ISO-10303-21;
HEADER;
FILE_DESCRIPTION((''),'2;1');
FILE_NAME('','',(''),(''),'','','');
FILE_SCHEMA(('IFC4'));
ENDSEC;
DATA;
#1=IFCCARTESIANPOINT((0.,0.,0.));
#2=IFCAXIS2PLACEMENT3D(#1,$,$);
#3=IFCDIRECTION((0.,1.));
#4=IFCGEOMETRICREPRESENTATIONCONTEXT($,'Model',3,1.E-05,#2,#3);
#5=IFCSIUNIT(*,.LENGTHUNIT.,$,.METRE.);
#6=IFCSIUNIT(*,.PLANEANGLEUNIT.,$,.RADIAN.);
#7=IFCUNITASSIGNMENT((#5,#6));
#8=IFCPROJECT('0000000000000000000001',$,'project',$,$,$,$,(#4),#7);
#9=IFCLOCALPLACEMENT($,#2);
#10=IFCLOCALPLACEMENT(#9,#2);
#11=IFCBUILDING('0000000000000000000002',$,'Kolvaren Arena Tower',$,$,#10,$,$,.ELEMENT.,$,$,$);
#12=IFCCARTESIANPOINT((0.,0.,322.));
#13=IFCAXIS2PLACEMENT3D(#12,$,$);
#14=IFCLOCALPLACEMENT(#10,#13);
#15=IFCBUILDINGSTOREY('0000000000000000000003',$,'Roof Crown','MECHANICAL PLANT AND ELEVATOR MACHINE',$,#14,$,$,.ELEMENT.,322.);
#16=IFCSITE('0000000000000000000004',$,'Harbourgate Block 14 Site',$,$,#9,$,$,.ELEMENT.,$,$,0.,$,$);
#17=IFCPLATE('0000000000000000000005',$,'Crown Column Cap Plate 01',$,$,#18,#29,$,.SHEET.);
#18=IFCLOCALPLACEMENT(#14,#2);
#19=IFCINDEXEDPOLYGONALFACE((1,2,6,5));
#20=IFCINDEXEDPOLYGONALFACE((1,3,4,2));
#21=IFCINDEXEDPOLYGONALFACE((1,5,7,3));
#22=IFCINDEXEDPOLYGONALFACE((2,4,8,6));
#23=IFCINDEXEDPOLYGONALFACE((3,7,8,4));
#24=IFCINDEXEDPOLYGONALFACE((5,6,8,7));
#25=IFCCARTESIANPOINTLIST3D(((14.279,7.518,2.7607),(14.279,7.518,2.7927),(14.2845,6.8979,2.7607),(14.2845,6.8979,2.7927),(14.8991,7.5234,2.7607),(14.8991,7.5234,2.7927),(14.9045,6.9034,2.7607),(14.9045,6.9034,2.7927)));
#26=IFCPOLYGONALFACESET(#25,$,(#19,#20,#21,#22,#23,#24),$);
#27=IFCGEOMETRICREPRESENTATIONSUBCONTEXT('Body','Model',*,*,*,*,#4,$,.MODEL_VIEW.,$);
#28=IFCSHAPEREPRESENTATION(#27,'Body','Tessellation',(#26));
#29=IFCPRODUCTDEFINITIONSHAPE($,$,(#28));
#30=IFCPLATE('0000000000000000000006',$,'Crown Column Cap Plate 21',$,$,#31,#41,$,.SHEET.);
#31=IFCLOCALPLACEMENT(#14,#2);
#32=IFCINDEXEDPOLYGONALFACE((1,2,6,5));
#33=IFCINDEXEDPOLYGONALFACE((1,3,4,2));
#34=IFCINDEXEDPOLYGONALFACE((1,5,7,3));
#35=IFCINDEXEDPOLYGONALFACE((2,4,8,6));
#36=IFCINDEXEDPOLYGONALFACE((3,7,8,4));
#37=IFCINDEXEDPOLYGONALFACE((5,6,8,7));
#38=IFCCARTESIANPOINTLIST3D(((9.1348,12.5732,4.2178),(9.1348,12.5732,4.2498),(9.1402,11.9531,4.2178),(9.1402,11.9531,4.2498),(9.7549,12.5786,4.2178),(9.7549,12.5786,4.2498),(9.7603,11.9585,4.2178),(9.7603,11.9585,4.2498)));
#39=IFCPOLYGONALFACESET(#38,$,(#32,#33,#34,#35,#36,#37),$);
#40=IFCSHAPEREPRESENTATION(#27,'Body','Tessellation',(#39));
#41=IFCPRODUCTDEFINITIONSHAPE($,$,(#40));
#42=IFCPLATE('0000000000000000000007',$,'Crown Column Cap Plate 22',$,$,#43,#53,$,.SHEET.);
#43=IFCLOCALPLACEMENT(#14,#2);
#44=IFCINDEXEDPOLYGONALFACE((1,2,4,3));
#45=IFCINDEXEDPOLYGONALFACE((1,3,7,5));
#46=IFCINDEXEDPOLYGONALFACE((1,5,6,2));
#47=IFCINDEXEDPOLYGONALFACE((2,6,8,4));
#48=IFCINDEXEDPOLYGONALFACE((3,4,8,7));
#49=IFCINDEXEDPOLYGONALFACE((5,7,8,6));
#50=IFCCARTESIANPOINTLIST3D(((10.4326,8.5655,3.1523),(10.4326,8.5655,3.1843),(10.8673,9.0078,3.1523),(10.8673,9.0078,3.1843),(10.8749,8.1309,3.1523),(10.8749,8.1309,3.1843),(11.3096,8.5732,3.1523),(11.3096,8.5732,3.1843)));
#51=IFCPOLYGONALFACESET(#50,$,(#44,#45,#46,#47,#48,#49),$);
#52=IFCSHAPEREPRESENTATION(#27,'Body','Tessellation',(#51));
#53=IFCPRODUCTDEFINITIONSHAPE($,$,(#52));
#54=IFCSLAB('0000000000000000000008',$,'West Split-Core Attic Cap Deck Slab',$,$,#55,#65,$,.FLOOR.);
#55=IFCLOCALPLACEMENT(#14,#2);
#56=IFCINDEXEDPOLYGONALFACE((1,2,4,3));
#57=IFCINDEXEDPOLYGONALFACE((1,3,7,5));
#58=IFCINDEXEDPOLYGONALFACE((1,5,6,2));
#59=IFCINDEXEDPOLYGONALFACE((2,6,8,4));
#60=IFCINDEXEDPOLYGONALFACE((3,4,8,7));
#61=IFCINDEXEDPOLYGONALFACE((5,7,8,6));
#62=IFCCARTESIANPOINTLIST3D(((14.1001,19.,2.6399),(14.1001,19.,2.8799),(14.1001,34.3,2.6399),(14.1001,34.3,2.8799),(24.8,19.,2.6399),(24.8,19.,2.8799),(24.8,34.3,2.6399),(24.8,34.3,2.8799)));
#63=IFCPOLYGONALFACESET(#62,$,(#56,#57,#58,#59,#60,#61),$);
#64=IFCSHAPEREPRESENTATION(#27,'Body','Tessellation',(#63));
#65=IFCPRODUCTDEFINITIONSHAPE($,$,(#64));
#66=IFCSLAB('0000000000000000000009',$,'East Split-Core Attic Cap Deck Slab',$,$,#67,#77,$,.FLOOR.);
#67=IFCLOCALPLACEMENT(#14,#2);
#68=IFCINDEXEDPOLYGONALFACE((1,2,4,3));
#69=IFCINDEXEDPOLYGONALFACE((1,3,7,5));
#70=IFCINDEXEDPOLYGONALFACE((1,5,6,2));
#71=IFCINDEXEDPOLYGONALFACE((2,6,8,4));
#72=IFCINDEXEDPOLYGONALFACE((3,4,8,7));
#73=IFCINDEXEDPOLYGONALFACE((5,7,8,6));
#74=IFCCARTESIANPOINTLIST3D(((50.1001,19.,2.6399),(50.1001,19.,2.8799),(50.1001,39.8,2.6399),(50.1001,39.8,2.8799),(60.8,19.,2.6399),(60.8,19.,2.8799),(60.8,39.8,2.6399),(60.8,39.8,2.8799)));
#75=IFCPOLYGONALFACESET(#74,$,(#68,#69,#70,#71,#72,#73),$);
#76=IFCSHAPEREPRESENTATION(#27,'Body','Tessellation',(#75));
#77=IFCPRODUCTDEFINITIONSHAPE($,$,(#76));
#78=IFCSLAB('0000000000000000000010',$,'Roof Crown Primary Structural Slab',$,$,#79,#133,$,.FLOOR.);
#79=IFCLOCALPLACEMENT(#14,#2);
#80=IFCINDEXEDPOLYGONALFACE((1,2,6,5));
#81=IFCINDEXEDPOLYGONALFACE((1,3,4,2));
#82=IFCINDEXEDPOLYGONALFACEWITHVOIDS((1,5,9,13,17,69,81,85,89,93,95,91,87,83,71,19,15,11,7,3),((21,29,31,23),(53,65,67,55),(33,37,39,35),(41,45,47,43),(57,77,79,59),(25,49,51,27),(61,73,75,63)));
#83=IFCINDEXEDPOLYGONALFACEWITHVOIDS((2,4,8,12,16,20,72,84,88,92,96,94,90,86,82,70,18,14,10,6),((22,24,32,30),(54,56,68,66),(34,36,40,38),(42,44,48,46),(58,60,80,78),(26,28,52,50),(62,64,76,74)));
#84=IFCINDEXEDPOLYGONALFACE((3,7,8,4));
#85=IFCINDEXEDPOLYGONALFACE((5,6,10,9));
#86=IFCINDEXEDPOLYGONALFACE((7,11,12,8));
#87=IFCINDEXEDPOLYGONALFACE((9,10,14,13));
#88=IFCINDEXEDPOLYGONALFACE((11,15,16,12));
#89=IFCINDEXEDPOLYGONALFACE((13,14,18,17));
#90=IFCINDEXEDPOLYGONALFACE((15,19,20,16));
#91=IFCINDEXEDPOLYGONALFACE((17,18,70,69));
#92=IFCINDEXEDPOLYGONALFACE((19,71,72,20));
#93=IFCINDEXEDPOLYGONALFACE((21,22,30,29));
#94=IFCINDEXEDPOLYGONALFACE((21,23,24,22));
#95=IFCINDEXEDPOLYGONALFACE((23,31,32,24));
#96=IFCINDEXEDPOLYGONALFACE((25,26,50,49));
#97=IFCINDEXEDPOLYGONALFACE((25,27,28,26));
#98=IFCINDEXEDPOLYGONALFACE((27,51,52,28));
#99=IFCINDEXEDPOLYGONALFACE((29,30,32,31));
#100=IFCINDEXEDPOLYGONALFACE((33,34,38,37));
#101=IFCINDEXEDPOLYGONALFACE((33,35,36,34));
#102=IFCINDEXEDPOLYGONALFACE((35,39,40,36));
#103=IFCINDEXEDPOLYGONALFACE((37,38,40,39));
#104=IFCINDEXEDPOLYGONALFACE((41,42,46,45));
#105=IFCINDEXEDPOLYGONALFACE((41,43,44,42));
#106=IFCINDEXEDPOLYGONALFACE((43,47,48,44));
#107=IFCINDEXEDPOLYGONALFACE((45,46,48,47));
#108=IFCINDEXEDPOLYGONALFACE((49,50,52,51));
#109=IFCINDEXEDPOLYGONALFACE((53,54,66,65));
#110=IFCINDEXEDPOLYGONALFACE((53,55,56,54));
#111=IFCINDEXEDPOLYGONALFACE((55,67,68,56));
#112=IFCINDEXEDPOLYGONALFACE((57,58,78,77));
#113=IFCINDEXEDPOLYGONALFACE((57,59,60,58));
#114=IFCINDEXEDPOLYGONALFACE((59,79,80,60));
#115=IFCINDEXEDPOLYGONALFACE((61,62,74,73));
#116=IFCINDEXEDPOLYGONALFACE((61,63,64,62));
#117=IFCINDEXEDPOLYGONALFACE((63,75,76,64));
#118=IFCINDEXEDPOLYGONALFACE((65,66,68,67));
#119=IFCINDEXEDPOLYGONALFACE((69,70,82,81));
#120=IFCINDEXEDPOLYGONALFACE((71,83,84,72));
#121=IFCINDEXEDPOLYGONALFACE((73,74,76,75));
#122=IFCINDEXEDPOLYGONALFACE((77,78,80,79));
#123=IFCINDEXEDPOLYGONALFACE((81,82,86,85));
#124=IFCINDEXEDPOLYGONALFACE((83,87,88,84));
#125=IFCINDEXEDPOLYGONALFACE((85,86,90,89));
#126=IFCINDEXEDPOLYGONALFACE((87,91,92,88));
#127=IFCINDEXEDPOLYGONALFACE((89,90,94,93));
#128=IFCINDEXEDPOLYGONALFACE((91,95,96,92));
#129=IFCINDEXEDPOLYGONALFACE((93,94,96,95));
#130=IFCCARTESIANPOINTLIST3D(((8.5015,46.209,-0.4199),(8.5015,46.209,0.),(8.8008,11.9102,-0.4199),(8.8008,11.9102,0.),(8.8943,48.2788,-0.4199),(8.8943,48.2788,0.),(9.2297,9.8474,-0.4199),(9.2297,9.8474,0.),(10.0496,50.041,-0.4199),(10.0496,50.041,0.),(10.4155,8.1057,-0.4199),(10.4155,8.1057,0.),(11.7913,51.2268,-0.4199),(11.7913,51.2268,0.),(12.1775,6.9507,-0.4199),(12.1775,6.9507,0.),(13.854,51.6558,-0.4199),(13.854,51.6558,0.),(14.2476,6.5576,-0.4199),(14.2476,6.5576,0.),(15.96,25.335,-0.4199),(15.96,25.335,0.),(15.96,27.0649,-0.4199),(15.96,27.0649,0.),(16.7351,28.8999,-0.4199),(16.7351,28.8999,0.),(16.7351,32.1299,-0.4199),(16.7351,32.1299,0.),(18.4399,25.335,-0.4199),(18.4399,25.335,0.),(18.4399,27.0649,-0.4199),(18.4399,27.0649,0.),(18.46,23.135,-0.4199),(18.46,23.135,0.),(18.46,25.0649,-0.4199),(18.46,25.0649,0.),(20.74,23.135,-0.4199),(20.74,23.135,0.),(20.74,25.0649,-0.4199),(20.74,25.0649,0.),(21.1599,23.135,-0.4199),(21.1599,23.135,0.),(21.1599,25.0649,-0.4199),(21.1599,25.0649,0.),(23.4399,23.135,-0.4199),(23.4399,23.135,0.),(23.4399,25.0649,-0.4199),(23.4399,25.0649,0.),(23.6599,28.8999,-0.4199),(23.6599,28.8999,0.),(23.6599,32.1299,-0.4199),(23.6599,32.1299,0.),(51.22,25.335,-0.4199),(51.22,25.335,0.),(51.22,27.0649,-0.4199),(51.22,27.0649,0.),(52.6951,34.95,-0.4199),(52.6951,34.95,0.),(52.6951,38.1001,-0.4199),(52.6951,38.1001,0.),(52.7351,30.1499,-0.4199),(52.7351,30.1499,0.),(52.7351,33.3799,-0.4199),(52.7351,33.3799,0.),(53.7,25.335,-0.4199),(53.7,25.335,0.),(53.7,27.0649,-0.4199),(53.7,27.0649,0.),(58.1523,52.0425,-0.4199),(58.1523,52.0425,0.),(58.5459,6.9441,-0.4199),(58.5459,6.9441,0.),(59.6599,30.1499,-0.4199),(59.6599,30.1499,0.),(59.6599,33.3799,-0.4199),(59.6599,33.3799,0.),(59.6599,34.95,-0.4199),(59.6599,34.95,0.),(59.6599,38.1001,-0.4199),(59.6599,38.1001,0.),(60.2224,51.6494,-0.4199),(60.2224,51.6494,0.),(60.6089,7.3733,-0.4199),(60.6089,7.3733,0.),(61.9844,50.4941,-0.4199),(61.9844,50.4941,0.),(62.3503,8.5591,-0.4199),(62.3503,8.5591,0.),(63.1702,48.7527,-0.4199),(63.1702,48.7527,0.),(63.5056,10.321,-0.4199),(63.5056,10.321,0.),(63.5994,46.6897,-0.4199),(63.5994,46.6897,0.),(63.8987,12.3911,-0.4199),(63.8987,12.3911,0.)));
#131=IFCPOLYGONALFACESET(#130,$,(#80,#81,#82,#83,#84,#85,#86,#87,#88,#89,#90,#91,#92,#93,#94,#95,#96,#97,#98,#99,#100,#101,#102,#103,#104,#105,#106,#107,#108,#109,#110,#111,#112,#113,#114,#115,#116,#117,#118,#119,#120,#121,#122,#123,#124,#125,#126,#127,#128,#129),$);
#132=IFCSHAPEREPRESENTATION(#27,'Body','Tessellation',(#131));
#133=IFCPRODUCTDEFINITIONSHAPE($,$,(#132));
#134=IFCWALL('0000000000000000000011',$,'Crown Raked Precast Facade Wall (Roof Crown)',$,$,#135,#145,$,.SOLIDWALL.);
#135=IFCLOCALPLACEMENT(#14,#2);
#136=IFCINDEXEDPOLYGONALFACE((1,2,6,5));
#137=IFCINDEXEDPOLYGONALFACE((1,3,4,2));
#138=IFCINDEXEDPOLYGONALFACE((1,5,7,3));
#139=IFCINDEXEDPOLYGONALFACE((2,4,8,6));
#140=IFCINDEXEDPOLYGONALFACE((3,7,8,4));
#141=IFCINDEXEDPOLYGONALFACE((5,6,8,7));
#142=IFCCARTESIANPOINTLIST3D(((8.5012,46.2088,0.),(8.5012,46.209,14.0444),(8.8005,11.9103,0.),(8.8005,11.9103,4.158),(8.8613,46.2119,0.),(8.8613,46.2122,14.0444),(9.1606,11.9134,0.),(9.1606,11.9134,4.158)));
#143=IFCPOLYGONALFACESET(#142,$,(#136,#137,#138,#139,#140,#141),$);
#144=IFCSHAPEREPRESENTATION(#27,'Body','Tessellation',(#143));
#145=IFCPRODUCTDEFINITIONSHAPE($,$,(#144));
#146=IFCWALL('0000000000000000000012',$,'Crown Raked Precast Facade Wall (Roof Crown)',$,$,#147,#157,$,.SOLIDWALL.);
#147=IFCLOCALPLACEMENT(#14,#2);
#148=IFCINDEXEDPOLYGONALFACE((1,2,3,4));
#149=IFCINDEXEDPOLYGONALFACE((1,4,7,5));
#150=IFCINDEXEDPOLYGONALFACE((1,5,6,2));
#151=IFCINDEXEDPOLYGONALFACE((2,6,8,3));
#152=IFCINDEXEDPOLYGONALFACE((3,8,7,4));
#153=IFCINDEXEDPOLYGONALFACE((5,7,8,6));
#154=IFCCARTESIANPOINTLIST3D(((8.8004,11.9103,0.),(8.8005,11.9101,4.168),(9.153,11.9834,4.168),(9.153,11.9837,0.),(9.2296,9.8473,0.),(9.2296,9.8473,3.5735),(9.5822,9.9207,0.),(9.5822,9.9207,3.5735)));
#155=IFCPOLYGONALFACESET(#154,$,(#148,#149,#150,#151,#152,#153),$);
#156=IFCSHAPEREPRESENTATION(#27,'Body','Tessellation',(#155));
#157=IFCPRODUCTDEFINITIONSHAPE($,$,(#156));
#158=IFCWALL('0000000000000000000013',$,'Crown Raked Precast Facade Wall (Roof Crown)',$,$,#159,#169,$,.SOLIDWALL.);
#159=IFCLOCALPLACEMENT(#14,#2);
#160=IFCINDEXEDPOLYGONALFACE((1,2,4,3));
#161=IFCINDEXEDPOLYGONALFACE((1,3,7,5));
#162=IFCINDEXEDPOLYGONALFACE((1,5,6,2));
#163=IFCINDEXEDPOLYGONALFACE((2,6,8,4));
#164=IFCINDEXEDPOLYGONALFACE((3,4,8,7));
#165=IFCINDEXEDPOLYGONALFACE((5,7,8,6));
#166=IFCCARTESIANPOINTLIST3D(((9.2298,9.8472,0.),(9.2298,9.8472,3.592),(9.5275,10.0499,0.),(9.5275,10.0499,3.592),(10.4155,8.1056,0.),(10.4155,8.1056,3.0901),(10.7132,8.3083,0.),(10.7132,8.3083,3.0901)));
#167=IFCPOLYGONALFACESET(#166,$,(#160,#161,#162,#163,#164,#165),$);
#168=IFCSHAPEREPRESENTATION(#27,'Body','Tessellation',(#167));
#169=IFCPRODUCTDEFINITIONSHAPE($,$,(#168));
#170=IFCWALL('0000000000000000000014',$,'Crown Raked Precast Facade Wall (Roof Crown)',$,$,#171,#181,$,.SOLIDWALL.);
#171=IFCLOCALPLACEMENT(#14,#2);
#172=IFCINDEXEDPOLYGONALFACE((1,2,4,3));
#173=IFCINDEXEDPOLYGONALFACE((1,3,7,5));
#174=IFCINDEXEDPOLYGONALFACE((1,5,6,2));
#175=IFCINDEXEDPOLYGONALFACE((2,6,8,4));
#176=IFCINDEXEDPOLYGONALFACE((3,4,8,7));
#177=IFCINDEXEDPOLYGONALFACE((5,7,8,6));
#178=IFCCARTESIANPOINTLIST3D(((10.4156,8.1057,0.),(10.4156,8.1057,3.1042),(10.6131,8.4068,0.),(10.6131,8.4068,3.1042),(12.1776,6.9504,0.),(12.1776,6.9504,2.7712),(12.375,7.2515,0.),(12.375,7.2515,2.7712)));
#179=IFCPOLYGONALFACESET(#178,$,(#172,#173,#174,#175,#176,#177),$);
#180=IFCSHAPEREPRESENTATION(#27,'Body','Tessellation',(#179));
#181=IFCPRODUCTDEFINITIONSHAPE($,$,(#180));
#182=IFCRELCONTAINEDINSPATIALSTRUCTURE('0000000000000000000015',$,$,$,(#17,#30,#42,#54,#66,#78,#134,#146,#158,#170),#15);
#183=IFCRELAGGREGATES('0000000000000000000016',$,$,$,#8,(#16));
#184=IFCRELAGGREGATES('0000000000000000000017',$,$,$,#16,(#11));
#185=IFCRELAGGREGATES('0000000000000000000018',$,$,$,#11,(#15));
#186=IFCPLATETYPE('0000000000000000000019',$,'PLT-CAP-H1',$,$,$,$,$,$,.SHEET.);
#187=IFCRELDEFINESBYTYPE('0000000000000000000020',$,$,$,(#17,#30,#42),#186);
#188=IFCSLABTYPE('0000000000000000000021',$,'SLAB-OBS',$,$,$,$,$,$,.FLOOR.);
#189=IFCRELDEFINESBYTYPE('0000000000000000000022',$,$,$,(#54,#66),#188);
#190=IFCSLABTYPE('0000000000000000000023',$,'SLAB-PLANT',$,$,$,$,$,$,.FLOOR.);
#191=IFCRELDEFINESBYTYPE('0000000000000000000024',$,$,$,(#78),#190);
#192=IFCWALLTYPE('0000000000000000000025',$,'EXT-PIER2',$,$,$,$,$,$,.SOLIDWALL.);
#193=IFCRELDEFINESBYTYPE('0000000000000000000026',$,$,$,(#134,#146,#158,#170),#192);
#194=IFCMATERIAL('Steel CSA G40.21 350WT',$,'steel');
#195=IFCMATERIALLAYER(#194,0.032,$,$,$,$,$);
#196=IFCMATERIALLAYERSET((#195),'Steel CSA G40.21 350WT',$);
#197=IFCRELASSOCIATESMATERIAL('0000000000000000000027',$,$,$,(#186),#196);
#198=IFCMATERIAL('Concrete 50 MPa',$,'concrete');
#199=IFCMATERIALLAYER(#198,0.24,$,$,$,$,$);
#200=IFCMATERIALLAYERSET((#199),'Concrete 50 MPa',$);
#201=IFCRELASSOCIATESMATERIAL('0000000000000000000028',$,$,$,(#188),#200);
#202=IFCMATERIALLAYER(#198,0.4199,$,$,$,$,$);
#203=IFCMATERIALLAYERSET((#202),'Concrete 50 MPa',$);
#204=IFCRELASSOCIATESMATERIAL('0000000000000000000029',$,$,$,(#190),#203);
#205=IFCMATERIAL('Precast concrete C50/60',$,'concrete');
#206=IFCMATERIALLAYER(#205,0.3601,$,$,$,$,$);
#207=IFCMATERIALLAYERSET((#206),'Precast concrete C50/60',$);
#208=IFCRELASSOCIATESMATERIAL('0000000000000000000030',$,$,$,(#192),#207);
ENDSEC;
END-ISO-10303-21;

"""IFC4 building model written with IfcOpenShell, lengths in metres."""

from ifc_helpers import new_model, si_unit, direction, frame, origin, origin_2d, place, context, subcontext, project, spatial, polyline, rectangle, outline, extrude, material, layer, layer_set, type_object, element, save


model = new_model("IFC4")

# Units and contexts
model_context = context("Model", 3, precision=1e-05, world=origin(), true_north=direction((0.0, 1.0)))
body_context = subcontext(model_context, "Body", "Model", "MODEL_VIEW")
ifc_project = project(units=[si_unit("LENGTHUNIT", "METRE"), si_unit("PLANEANGLEUNIT", "RADIAN")], contexts=[model_context])

# Site, building, storey
site_placement = place(None, origin())
site = spatial("IfcSite", under=ifc_project, at=site_placement, Name="Harbourgate Block 14 Site", CompositionType="ELEMENT", RefElevation=0.0)
building_placement = place(site_placement, origin())
building = spatial("IfcBuilding", under=site, at=building_placement, Name="Kolvaren Arena Tower", CompositionType="ELEMENT")
storey_placement = place(building_placement, frame((0.0, 0.0, 322.0)))
storey = spatial("IfcBuildingStorey", under=building, at=storey_placement, Name="Roof Crown", Description="MECHANICAL PLANT AND ELEVATOR MACHINE", CompositionType="ELEMENT", Elevation=322.0)

# Shared definitions
ifc_material_1 = material(Name="Precast concrete C50/60", Category="concrete")

# Shared definitions
ifc_material_2 = material(Name="Steel CSA G40.21 350WT", Category="steel")

# Plates
ifc_layer_1 = layer(ifc_material_2, 0.032)
ifc_layer_set_1 = layer_set([ifc_layer_1], Name="Steel CSA G40.21 350WT")
plate_type = type_object("IfcPlateType", Name="PLT-CAP-H1", PredefinedType="SHEET", material=ifc_layer_set_1)
for number, where, z_axis, x_axis, name in (
    (1, (14.5918, 7.2107, 2.7607), (0.0, 0.0, 1.0), (0.999962, 0.008727, 0.0), "Crown Column Cap Plate 01"),
    (2, (9.4475, 12.2659, 4.2178), (0.0, 0.0, 1.0), (-0.008727, 0.999962, 0.0), "Crown Column Cap Plate 21"),
    (3, (10.8711, 8.5693, 3.1523), (0.0, 0.0, 1.0), (-0.71325, 0.700909, 0.0), "Crown Column Cap Plate 22"),
):
    element("IfcPlate", number, at=place(storey_placement, frame(where, z_axis=z_axis, x_axis=x_axis)), inside=storey, type_object=plate_type, Name=name, PredefinedType="SHEET", context=body_context, shape_type="SweptSolid", body=[
        extrude(rectangle(XDim=0.6201, YDim=0.6201, at=origin_2d()), origin(), (0.0, 0.0, 1.0), 0.032),
    ])

# Slabs
ifc_material_3 = material(Name="Concrete 50 MPa", Category="concrete")
ifc_layer_2 = layer(ifc_material_3, 0.24)
ifc_layer_set_2 = layer_set([ifc_layer_2], Name="Concrete 50 MPa")
slab_type_1 = type_object("IfcSlabType", Name="SLAB-OBS", PredefinedType="FLOOR", material=ifc_layer_set_2)
slab_1_placement = place(storey_placement, frame((0.0, 0.0, 2.6399)))
element("IfcSlab", 4, at=slab_1_placement, inside=storey, type_object=slab_type_1, Name="West Split-Core Attic Cap Deck Slab", PredefinedType="FLOOR", context=body_context, shape_type="SweptSolid", body=[
    extrude(outline(polyline([(14.1001, 19.0), (24.8, 19.0), (24.8, 34.3), (14.1001, 34.3), (14.1001, 19.0)])), origin(), (0.0, 0.0, 1.0), 0.24),
])
slab_2_placement = place(storey_placement, frame((0.0, 0.0, 2.6399)))
element("IfcSlab", 5, at=slab_2_placement, inside=storey, type_object=slab_type_1, Name="East Split-Core Attic Cap Deck Slab", PredefinedType="FLOOR", context=body_context, shape_type="SweptSolid", body=[
    extrude(outline(polyline([(50.1001, 19.0), (60.8, 19.0), (60.8, 39.8), (50.1001, 39.8), (50.1001, 19.0)])), origin(), (0.0, 0.0, 1.0), 0.24),
])
ifc_layer_3 = layer(ifc_material_3, 0.4199)
ifc_layer_set_3 = layer_set([ifc_layer_3], Name="Concrete 50 MPa")
slab_type_2 = type_object("IfcSlabType", Name="SLAB-PLANT", PredefinedType="FLOOR", material=ifc_layer_set_3)
slab_3_placement = place(storey_placement, frame((0.0, 0.0, -0.4199)))
element("IfcSlab", 6, at=slab_3_placement, inside=storey, type_object=slab_type_2, Name="Roof Crown Primary Structural Slab", PredefinedType="FLOOR", context=body_context, shape_type="SweptSolid", body=[
    extrude(outline(polyline([(58.5459, 6.9441), (60.6089, 7.3733), (62.3503, 8.5591), (63.5056, 10.321), (63.8987, 12.3911), (63.5994, 46.6897), (63.1702, 48.7527), (61.9844, 50.4941), (60.2224, 51.6494), (58.1523, 52.0425), (13.854, 51.6558), (11.7913, 51.2268), (10.0496, 50.041), (8.8943, 48.2788), (8.5015, 46.209), (8.8008, 11.9102), (9.2297, 9.8474), (10.4155, 8.1057), (12.1775, 6.9507), (14.2476, 6.5576), (58.5459, 6.9441)]), holes=[polyline([(20.74, 25.0649), (20.74, 23.135), (18.46, 23.135), (18.46, 25.0649), (20.74, 25.0649)]), polyline([(23.4399, 23.135), (21.1599, 23.135), (21.1599, 25.0649), (23.4399, 25.0649), (23.4399, 23.135)]), polyline([(18.4399, 25.335), (15.96, 25.335), (15.96, 27.0649), (18.4399, 27.0649), (18.4399, 25.335)]), polyline([(53.7, 25.335), (51.22, 25.335), (51.22, 27.0649), (53.7, 27.0649), (53.7, 25.335)]), polyline([(23.6599, 28.8999), (16.7351, 28.8999), (16.7351, 32.1299), (23.6599, 32.1299), (23.6599, 28.8999)]), polyline([(59.6599, 30.1499), (52.7351, 30.1499), (52.7351, 33.3799), (59.6599, 33.3799), (59.6599, 30.1499)]), polyline([(59.6599, 34.95), (52.6951, 34.95), (52.6951, 38.1001), (59.6599, 38.1001), (59.6599, 34.95)])]), origin(), (0.0, 0.0, 1.0), 0.4199),
])

# Walls
ifc_layer_4 = layer(ifc_material_1, 0.3601)
ifc_layer_set_4 = layer_set([ifc_layer_4], Name="Precast concrete C50/60")
wall_type = type_object("IfcWallType", Name="EXT-PIER2", PredefinedType="SOLIDWALL", material=ifc_layer_set_4)
wall_1_placement = place(storey_placement, frame((8.9807, 11.9119, 0.0), z_axis=(0.0, 0.0, 1.0), x_axis=(-0.008726, 0.999962, 0.0)))
element("IfcWall", 7, at=wall_1_placement, inside=storey, type_object=wall_type, Name="Crown Raked Precast Facade Wall (Roof Crown)", PredefinedType="SOLIDWALL", context=body_context, shape_type="SweptSolid", body=[
    extrude(outline(polyline([(0.0, 0.0), (34.2998, 0.0), (34.3, 14.0444), (0.0, 4.158), (0.0, 0.0)])), frame((0.0, 0.1802, 0.0), z_axis=(0.0, -1.0, 0.0), x_axis=(1.0, 0.0, 0.0)), (0.0, 0.0, 1.0), 0.3601),
])
wall_2_placement = place(storey_placement, frame((9.406, 9.884, 0.0), z_axis=(0.0, 0.0, 1.0), x_axis=(-0.203686, 0.979036, 0.0)))
element("IfcWall", 8, at=wall_2_placement, inside=storey, type_object=wall_type, Name="Crown Raked Precast Facade Wall (Roof Crown)", PredefinedType="SOLIDWALL", context=body_context, shape_type="SweptSolid", body=[
    extrude(outline(polyline([(0.0, 0.0), (2.1072, 0.0), (2.1069, 4.168), (0.0, 3.5735), (0.0, 0.0)])), frame((0.0, 0.1802, 0.0), z_axis=(0.0, -1.0, 0.0), x_axis=(1.0, 0.0, 0.0)), (0.0, 0.0, 1.0), 0.3601),
])
wall_3_placement = place(storey_placement, frame((10.5645, 8.207, 0.0), z_axis=(0.0, 0.0, 1.0), x_axis=(-0.562776, 0.82661, 0.0)))
element("IfcWall", 9, at=wall_3_placement, inside=storey, type_object=wall_type, Name="Crown Raked Precast Facade Wall (Roof Crown)", PredefinedType="SOLIDWALL", context=body_context, shape_type="SweptSolid", body=[
    extrude(outline(polyline([(0.0, 0.0), (2.1069, 0.0), (2.1069, 3.592), (0.0, 3.0901), (0.0, 0.0)])), frame((0.0, 0.1802, 0.0), z_axis=(0.0, -1.0, 0.0), x_axis=(1.0, 0.0, 0.0)), (0.0, 0.0, 1.0), 0.3601),
])
wall_4_placement = place(storey_placement, frame((12.2764, 7.1011, 0.0), z_axis=(0.0, 0.0, 1.0), x_axis=(-0.836269, 0.54832, 0.0)))
element("IfcWall", 10, at=wall_4_placement, inside=storey, type_object=wall_type, Name="Crown Raked Precast Facade Wall (Roof Crown)", PredefinedType="SOLIDWALL", context=body_context, shape_type="SweptSolid", body=[
    extrude(outline(polyline([(0.0, 0.0), (2.1069, 0.0), (2.1069, 3.1042), (0.0, 2.7712), (0.0, 0.0)])), frame((0.0, 0.1802, 0.0), z_axis=(0.0, -1.0, 0.0), x_axis=(1.0, 0.0, 0.0)), (0.0, 0.0, 1.0), 0.3601),
])

save(model, "model.ifc")
